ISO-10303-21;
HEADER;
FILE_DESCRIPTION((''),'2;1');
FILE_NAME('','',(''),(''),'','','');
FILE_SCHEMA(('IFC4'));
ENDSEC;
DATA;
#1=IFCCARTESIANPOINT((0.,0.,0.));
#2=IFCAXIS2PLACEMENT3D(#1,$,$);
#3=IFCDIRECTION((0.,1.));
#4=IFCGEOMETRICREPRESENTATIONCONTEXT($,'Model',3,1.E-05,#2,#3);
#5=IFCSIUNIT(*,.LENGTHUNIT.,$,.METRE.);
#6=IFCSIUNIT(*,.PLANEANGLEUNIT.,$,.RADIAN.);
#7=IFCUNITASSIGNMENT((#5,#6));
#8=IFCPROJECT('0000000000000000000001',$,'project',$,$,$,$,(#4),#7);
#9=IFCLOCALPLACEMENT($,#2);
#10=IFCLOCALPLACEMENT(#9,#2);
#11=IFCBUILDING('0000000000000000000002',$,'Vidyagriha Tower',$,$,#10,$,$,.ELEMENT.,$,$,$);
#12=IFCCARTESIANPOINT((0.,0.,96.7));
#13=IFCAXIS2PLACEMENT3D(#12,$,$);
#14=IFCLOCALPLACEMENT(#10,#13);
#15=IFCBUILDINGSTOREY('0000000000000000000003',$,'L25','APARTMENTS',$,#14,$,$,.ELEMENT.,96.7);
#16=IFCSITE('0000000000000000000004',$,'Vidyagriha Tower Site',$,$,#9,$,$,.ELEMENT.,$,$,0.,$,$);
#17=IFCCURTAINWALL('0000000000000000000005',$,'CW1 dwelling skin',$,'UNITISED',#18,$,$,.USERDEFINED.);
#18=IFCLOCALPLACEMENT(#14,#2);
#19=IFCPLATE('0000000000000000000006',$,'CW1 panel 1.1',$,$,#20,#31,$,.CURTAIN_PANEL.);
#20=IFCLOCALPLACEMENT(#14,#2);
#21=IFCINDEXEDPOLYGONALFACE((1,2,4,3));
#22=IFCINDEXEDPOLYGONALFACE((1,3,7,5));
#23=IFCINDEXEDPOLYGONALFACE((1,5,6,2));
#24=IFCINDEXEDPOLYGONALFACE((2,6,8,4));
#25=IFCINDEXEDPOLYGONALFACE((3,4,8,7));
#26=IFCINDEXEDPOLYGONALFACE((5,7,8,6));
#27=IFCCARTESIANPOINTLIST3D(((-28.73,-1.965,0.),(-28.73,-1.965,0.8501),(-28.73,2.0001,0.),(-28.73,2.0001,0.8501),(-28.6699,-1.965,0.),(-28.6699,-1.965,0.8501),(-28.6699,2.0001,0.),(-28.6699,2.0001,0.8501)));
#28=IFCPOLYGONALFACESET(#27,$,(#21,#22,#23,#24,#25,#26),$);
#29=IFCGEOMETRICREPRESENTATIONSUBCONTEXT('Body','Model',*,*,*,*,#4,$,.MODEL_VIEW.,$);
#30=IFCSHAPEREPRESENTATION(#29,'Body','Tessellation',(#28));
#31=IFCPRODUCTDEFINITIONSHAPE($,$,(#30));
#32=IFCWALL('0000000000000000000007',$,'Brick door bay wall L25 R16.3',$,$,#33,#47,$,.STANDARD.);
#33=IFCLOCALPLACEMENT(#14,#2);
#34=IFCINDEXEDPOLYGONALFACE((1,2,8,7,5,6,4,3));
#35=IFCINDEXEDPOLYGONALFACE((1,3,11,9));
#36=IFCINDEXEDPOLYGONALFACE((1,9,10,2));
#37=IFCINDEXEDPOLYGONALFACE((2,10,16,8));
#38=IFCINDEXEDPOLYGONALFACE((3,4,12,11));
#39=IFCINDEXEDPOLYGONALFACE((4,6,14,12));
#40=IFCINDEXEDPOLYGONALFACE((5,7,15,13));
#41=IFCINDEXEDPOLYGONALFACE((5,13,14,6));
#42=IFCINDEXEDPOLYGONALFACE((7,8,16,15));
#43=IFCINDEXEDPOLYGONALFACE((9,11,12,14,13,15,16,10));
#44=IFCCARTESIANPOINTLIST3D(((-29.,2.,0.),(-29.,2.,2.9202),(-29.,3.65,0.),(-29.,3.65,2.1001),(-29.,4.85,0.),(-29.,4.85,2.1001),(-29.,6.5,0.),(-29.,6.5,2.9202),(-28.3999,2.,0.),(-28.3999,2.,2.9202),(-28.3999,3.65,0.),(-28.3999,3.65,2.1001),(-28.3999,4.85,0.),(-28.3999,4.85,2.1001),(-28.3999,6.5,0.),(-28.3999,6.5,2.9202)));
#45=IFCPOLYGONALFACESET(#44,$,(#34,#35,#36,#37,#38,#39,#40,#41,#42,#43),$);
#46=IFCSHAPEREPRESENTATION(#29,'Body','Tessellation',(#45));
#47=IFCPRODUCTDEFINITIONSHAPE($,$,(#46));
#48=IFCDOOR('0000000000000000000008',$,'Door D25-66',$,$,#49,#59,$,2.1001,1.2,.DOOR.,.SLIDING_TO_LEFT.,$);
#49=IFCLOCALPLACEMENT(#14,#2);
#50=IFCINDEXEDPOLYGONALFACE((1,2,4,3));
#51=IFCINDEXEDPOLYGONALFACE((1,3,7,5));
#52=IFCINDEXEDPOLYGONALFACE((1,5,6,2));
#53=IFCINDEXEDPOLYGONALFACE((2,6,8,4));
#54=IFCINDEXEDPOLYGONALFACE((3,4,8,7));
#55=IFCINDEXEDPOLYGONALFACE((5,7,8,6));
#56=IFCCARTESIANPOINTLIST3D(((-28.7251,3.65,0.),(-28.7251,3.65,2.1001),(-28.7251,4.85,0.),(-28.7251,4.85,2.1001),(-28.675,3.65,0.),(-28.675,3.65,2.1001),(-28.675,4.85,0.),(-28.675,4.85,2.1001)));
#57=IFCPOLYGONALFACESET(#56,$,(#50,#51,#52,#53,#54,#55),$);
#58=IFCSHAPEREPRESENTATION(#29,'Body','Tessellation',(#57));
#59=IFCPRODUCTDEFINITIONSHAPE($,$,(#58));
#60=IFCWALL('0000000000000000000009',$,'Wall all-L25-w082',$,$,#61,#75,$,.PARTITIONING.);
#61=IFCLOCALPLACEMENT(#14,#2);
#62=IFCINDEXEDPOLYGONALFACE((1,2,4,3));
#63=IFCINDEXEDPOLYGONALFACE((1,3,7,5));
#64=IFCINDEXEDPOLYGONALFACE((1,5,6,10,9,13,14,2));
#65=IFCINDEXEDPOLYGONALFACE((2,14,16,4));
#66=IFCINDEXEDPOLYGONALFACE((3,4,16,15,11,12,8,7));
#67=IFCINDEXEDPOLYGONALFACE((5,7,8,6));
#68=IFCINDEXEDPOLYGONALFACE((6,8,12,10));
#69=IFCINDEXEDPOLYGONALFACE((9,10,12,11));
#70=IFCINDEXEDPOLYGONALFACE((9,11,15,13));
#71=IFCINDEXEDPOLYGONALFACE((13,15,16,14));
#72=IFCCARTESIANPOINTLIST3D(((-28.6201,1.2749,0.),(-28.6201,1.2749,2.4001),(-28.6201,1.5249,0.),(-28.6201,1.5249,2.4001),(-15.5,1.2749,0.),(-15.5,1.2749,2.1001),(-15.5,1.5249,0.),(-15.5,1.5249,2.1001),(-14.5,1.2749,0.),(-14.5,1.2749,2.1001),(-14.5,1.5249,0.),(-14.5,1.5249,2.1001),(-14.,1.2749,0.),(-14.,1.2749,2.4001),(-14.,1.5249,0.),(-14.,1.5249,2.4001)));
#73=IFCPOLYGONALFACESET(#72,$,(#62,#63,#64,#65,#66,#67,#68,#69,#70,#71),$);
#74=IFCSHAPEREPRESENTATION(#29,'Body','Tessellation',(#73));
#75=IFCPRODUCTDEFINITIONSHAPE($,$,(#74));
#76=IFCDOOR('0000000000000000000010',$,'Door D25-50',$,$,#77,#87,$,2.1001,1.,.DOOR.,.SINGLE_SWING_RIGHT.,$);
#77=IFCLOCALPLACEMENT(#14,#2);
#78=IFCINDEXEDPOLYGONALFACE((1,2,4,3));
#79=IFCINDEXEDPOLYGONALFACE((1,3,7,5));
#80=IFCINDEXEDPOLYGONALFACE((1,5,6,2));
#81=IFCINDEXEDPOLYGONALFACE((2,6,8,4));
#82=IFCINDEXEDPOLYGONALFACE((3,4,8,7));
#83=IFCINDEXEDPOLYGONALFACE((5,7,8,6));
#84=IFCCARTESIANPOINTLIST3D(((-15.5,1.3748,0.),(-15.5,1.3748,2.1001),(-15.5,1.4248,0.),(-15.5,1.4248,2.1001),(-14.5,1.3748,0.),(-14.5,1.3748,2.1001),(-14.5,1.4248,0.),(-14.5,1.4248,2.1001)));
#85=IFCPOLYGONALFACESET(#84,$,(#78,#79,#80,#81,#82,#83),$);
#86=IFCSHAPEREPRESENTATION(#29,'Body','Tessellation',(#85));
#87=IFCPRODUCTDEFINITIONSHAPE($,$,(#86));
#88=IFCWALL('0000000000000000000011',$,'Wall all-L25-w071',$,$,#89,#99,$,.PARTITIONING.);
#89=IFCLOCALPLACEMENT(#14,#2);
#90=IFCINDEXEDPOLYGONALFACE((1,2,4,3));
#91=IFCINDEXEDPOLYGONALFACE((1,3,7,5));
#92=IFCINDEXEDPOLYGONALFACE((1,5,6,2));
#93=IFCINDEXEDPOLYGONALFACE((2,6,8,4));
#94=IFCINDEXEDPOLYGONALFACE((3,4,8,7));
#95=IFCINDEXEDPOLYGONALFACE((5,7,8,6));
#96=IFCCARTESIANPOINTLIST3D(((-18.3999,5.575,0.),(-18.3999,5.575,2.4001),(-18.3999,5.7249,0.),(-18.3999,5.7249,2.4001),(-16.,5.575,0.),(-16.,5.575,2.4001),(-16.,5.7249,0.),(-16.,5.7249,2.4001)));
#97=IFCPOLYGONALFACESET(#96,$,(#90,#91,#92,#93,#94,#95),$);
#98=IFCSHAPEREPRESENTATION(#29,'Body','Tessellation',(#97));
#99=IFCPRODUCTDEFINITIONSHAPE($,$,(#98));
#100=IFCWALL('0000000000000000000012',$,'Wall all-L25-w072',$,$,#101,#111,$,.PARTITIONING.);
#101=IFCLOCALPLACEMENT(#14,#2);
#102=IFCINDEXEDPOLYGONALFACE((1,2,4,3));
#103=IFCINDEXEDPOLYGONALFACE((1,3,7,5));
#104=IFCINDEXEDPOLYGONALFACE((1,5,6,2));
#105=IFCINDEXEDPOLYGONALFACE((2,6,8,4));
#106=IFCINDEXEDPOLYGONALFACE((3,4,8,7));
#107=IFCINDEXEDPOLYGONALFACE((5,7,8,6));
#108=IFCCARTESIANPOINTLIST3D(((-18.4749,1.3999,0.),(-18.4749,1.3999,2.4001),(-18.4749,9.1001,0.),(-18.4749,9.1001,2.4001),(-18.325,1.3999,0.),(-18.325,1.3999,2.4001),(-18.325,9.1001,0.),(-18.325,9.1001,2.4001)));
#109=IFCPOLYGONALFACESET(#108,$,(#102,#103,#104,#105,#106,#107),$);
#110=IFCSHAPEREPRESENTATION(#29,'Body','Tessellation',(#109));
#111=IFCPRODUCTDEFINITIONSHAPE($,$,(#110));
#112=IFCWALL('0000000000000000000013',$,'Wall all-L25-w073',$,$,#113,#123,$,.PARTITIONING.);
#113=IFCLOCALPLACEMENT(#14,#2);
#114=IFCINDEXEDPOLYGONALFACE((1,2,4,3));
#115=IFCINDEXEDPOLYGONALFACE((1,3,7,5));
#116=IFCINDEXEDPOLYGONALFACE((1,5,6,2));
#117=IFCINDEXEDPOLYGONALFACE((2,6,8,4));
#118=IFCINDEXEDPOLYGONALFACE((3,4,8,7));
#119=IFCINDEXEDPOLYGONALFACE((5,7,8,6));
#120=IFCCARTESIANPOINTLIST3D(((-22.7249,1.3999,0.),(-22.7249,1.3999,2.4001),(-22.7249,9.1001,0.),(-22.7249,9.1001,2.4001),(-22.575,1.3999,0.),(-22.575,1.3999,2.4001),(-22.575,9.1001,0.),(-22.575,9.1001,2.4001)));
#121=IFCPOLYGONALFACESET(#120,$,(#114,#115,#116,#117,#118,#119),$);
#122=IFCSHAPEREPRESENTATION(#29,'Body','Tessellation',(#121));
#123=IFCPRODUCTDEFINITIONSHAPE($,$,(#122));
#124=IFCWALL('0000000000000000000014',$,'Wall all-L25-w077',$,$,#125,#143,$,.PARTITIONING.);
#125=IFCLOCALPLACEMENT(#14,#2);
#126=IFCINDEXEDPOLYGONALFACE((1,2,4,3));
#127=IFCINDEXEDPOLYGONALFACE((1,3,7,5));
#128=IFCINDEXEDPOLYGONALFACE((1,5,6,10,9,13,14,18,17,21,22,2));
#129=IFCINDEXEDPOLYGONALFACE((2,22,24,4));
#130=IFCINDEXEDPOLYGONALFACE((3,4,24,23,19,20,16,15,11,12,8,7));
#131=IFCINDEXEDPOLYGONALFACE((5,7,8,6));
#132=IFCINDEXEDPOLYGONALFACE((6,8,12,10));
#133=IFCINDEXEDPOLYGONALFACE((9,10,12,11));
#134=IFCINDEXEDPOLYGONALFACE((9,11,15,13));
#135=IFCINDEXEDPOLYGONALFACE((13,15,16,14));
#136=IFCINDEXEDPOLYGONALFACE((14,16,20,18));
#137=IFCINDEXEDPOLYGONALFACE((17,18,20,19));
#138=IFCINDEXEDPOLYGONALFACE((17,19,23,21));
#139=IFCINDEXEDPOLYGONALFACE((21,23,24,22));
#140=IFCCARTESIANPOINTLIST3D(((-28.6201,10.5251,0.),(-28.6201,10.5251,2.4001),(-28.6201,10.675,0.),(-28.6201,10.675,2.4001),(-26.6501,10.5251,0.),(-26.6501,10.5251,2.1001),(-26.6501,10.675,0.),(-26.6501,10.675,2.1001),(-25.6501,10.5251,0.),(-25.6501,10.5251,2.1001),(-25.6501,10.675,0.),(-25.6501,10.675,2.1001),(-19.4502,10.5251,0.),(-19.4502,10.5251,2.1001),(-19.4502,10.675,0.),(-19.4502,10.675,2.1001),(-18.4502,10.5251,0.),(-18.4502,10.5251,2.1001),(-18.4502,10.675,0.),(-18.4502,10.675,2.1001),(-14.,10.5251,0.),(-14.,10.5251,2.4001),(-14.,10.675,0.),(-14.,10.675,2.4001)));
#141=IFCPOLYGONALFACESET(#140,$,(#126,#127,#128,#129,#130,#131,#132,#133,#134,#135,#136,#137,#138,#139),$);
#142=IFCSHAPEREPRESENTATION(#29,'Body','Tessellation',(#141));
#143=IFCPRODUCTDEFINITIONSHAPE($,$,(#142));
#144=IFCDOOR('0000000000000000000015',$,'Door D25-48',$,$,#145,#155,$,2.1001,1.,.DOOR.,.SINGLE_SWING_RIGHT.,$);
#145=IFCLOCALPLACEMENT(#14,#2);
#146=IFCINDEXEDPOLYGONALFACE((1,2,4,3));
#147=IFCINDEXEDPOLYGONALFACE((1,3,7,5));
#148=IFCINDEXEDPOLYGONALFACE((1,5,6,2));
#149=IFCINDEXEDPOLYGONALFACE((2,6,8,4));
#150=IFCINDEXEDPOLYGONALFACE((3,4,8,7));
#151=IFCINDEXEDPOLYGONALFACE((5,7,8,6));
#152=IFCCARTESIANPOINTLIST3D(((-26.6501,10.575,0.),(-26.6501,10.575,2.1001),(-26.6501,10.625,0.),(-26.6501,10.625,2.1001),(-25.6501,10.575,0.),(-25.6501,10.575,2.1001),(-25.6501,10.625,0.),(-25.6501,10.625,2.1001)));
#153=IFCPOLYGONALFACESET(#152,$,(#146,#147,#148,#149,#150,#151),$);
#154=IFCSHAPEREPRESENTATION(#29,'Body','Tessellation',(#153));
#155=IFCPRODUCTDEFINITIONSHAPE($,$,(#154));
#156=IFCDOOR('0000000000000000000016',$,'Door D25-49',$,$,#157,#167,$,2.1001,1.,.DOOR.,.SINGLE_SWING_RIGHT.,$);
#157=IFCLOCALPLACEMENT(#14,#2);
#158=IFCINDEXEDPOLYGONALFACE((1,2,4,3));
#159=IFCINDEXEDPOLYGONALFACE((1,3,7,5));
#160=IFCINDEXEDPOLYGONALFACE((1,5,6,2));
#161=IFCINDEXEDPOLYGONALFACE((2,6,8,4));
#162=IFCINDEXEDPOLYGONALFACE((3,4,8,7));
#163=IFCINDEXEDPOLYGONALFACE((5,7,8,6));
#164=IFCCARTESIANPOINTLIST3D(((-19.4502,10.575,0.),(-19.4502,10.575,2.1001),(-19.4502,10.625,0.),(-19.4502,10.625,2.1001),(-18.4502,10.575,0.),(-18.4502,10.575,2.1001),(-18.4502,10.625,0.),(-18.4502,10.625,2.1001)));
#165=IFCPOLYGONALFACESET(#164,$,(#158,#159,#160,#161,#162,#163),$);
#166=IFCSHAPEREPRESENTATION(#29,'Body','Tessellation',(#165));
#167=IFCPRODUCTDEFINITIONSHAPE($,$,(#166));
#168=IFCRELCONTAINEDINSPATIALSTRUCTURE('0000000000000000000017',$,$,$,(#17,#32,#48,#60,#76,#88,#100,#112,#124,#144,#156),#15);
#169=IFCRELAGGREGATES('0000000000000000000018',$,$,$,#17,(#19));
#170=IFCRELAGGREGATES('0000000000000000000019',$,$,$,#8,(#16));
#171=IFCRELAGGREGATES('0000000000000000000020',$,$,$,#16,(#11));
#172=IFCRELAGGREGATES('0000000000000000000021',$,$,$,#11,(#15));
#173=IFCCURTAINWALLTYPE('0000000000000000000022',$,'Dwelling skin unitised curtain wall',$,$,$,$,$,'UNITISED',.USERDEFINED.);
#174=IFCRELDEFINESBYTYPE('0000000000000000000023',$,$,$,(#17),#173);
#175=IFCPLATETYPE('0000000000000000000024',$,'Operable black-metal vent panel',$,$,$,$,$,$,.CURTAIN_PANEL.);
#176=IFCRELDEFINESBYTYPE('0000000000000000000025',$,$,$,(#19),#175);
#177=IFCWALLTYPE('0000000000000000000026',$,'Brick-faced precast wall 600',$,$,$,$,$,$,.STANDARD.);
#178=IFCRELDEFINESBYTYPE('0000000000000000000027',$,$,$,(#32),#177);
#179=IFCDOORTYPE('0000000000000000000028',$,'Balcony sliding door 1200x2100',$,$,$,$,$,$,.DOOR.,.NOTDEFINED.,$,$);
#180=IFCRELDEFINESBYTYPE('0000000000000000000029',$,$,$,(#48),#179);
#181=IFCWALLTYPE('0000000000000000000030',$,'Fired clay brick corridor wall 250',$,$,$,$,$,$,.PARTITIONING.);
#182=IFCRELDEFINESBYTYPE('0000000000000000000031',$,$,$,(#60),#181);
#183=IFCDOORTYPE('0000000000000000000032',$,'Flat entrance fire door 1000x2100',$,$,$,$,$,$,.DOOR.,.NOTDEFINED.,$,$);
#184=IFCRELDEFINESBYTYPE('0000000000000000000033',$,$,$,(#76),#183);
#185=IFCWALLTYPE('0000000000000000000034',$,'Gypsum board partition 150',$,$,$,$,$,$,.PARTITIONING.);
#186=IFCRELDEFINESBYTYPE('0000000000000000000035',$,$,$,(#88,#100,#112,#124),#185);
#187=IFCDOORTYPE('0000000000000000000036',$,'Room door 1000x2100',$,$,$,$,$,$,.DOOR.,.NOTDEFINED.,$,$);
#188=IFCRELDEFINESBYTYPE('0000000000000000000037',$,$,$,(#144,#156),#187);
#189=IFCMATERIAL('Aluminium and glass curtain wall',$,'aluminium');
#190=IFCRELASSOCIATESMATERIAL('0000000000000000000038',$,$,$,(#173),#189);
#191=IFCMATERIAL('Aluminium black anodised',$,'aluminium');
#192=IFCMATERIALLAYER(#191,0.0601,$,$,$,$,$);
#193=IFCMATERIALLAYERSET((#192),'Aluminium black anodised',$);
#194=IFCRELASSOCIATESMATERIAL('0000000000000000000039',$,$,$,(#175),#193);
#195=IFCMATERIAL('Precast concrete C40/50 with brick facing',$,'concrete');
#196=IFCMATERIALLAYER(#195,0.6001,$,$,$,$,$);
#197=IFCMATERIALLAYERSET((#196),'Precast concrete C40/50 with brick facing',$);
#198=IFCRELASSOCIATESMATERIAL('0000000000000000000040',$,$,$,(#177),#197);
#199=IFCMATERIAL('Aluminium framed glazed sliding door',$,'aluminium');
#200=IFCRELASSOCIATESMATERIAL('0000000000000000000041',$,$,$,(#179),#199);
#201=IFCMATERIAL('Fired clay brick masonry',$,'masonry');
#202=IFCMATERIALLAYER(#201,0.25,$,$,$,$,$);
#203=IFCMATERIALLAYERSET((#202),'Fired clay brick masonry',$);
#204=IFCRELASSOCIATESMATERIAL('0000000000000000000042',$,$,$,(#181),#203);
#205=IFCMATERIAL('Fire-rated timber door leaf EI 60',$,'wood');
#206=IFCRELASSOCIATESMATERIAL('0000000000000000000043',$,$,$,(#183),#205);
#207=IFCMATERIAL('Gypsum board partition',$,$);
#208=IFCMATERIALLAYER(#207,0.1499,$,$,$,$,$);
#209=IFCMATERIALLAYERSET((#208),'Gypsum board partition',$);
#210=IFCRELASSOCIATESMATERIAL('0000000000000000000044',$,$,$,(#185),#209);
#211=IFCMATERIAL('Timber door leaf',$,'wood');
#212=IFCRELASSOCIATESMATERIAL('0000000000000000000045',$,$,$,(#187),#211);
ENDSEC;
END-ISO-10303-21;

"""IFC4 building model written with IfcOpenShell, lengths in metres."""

from ifc_helpers import new_model, si_unit, direction, frame, frame_2d, origin, origin_2d, place, context, subcontext, project, spatial, rectangle, extrude, material, layer, layer_set, type_object, element, fill, aggregate, save


model = new_model("IFC4")

# Units and contexts
model_context = context("Model", 3, precision=1e-05, world=origin(), true_north=direction((0.0, 1.0)))
body_context = subcontext(model_context, "Body", "Model", "MODEL_VIEW")
ifc_project = project(units=[si_unit("LENGTHUNIT", "METRE"), si_unit("PLANEANGLEUNIT", "RADIAN")], contexts=[model_context])

# Site, building, storey
site_placement = place(None, origin())
site = spatial("IfcSite", under=ifc_project, at=site_placement, Name="Vidyagriha Tower Site", CompositionType="ELEMENT", RefElevation=0.0)
building_placement = place(site_placement, origin())
building = spatial("IfcBuilding", under=site, at=building_placement, Name="Vidyagriha Tower", CompositionType="ELEMENT")
storey_placement = place(building_placement, frame((0.0, 0.0, 96.7)))
storey = spatial("IfcBuildingStorey", under=building, at=storey_placement, Name="L25", Description="APARTMENTS", CompositionType="ELEMENT", Elevation=96.7)

# Shared definitions
ifc_material_1 = material(Name="Aluminium and glass curtain wall", Category="aluminium")
curtain_wall_type = type_object("IfcCurtainWallType", Name="Dwelling skin unitised curtain wall", ElementType="UNITISED", PredefinedType="USERDEFINED", material=ifc_material_1)

# Curtain wall
curtain_wall_1_placement = place(storey_placement, origin())
curtain_wall_1 = element("IfcCurtainWall", 1, at=curtain_wall_1_placement, inside=storey, type_object=curtain_wall_type, Name="CW1 dwelling skin", ObjectType="UNITISED", PredefinedType="USERDEFINED")

# Plate
ifc_material_2 = material(Name="Aluminium black anodised", Category="aluminium")
ifc_layer_1 = layer(ifc_material_2, 0.0601)
ifc_layer_set_1 = layer_set([ifc_layer_1], Name="Aluminium black anodised")
plate_type_1 = type_object("IfcPlateType", Name="Operable black-metal vent panel", PredefinedType="CURTAIN_PANEL", material=ifc_layer_set_1)
plate_1_placement = place(storey_placement, frame((-28.7, 0.0176, 0.0), z_axis=(0.0, 0.0, 1.0), x_axis=(0.0, -1.0, 0.0)))
plate_1 = element("IfcPlate", 2, at=plate_1_placement, type_object=plate_type_1, Name="CW1 panel 1.1", PredefinedType="CURTAIN_PANEL", context=body_context, shape_type="SweptSolid", body=[
    extrude(rectangle(XDim=3.9651, YDim=0.0601, at=origin_2d()), origin(), (0.0, 0.0, 1.0), 0.8501),
])
aggregate(curtain_wall_1, [plate_1])

# Walls, openings, doors
ifc_material_3 = material(Name="Precast concrete C40/50 with brick facing", Category="concrete")
ifc_layer_2 = layer(ifc_material_3, 0.6001)
ifc_layer_set_2 = layer_set([ifc_layer_2], Name="Precast concrete C40/50 with brick facing")
wall_type_1 = type_object("IfcWallType", Name="Brick-faced precast wall 600", PredefinedType="STANDARD", material=ifc_layer_set_2)
wall_1_placement = place(storey_placement, frame((-28.7, 6.5, 0.0), z_axis=(0.0, 0.0, 1.0), x_axis=(0.0, -1.0, 0.0)))
wall_1 = element("IfcWall", 3, at=wall_1_placement, inside=storey, type_object=wall_type_1, Name="Brick door bay wall L25 R16.3", PredefinedType="STANDARD", context=body_context, shape_type="SweptSolid", body=[
    extrude(rectangle(XDim=4.5, YDim=0.6001, at=frame_2d((2.25, 0.0))), origin(), (0.0, 0.0, 1.0), 2.9202),
])
opening_1_placement = place(wall_1_placement, frame((1.6499, 0.0, 0.0)))
opening_1 = element("IfcOpeningElement", 4, at=opening_1_placement, cuts=wall_1, PredefinedType="OPENING", context=body_context, shape_type="SweptSolid", body=[
    extrude(rectangle(XDim=1.2, YDim=2.1001, at=frame_2d((0.6001, 1.05))), frame((0.0, 0.3101, 0.0), z_axis=(0.0, -1.0, 0.0), x_axis=(1.0, 0.0, 0.0)), (0.0, 0.0, 1.0), 0.6201),
])
ifc_material_4 = material(Name="Aluminium framed glazed sliding door", Category="aluminium")
door_type_1 = type_object("IfcDoorType", Name="Balcony sliding door 1200x2100", OperationType="NOTDEFINED", PredefinedType="DOOR", material=ifc_material_4)
door_1_placement = place(opening_1_placement, origin())
door_1 = element("IfcDoor", 5, at=door_1_placement, inside=storey, type_object=door_type_1, Name="Door D25-66", OperationType="SLIDING_TO_LEFT", OverallHeight=2.1001, OverallWidth=1.2, PredefinedType="DOOR", context=body_context, shape_type="SweptSolid", body=[
    extrude(rectangle(XDim=1.2, YDim=2.1001, at=frame_2d((0.6001, 1.05))), frame((0.0, 0.0249, 0.0), z_axis=(0.0, -1.0, 0.0), x_axis=(1.0, 0.0, 0.0)), (0.0, 0.0, 1.0), 0.05),
])
fill(opening_1, door_1)
ifc_material_5 = material(Name="Fired clay brick masonry", Category="masonry")
ifc_layer_3 = layer(ifc_material_5, 0.25)
ifc_layer_set_3 = layer_set([ifc_layer_3], Name="Fired clay brick masonry")
wall_type_2 = type_object("IfcWallType", Name="Fired clay brick corridor wall 250", PredefinedType="PARTITIONING", material=ifc_layer_set_3)
wall_2_placement = place(storey_placement, frame((-28.6201, 1.3999, 0.0)))
wall_2 = element("IfcWall", 6, at=wall_2_placement, inside=storey, type_object=wall_type_2, Name="Wall all-L25-w082", PredefinedType="PARTITIONING", context=body_context, shape_type="SweptSolid", body=[
    extrude(rectangle(XDim=14.6201, YDim=0.25, at=frame_2d((7.3101, 0.0))), origin(), (0.0, 0.0, 1.0), 2.4001),
])
opening_2_placement = place(wall_2_placement, frame((13.1201, 0.0, 0.0)))
opening_2 = element("IfcOpeningElement", 7, at=opening_2_placement, cuts=wall_2, PredefinedType="OPENING", context=body_context, shape_type="SweptSolid", body=[
    extrude(rectangle(XDim=1.0, YDim=2.1001, at=frame_2d((0.5, 1.05))), frame((0.0, 0.135, 0.0), z_axis=(0.0, -1.0, 0.0), x_axis=(1.0, 0.0, 0.0)), (0.0, 0.0, 1.0), 0.27),
])
ifc_material_6 = material(Name="Fire-rated timber door leaf EI 60", Category="wood")
door_type_2 = type_object("IfcDoorType", Name="Flat entrance fire door 1000x2100", OperationType="NOTDEFINED", PredefinedType="DOOR", material=ifc_material_6)
door_2_placement = place(opening_2_placement, origin())
door_2 = element("IfcDoor", 8, at=door_2_placement, inside=storey, type_object=door_type_2, Name="Door D25-50", OperationType="SINGLE_SWING_RIGHT", OverallHeight=2.1001, OverallWidth=1.0, PredefinedType="DOOR", context=body_context, shape_type="SweptSolid", body=[
    extrude(rectangle(XDim=1.0, YDim=2.1001, at=frame_2d((0.5, 1.05))), frame((0.0, 0.0249, 0.0), z_axis=(0.0, -1.0, 0.0), x_axis=(1.0, 0.0, 0.0)), (0.0, 0.0, 1.0), 0.05),
])
fill(opening_2, door_2)

# Walls
ifc_material_7 = material(Name="Gypsum board partition")
ifc_layer_4 = layer(ifc_material_7, 0.1499)
ifc_layer_set_4 = layer_set([ifc_layer_4], Name="Gypsum board partition")
wall_type_3 = type_object("IfcWallType", Name="Gypsum board partition 150", PredefinedType="PARTITIONING", material=ifc_layer_set_4)
wall_3_placement = place(storey_placement, frame((-18.3999, 5.6499, 0.0)))
element("IfcWall", 9, at=wall_3_placement, inside=storey, type_object=wall_type_3, Name="Wall all-L25-w071", PredefinedType="PARTITIONING", context=body_context, shape_type="SweptSolid", body=[
    extrude(rectangle(XDim=2.3999, YDim=0.1499, at=frame_2d((1.2, 0.0))), origin(), (0.0, 0.0, 1.0), 2.4001),
])
for number, where, z_axis, x_axis, name in (
    (10, (-18.3999, 1.3999, 0.0), (0.0, 0.0, 1.0), (0.0, 1.0, 0.0), "Wall all-L25-w072"),
    (11, (-22.6499, 1.3999, 0.0), (0.0, 0.0, 1.0), (0.0, 1.0, 0.0), "Wall all-L25-w073"),
):
    element("IfcWall", number, at=place(storey_placement, frame(where, z_axis=z_axis, x_axis=x_axis)), inside=storey, type_object=wall_type_3, Name=name, PredefinedType="PARTITIONING", context=body_context, shape_type="SweptSolid", body=[
        extrude(rectangle(XDim=7.7002, YDim=0.1499, at=frame_2d((3.8501, 0.0))), origin(), (0.0, 0.0, 1.0), 2.4001),
    ])

# Wall, openings, doors
wall_4_placement = place(storey_placement, frame((-28.6201, 10.6001, 0.0)))
wall_4 = element("IfcWall", 12, at=wall_4_placement, inside=storey, type_object=wall_type_3, Name="Wall all-L25-w077", PredefinedType="PARTITIONING", context=body_context, shape_type="SweptSolid", body=[
    extrude(rectangle(XDim=14.6201, YDim=0.1499, at=frame_2d((7.3101, 0.0))), origin(), (0.0, 0.0, 1.0), 2.4001),
])
opening_3_placement = place(wall_4_placement, frame((1.97, 0.0, 0.0)))
opening_3 = element("IfcOpeningElement", 13, at=opening_3_placement, cuts=wall_4, PredefinedType="OPENING", context=body_context, shape_type="SweptSolid", body=[
    extrude(rectangle(XDim=1.0, YDim=2.1001, at=frame_2d((0.5, 1.05))), frame((0.0, 0.085, 0.0), z_axis=(0.0, -1.0, 0.0), x_axis=(1.0, 0.0, 0.0)), (0.0, 0.0, 1.0), 0.1699),
])
opening_4_placement = place(wall_4_placement, frame((9.1699, 0.0, 0.0)))
opening_4 = element("IfcOpeningElement", 14, at=opening_4_placement, cuts=wall_4, PredefinedType="OPENING", context=body_context, shape_type="SweptSolid", body=[
    extrude(rectangle(XDim=1.0, YDim=2.1001, at=frame_2d((0.5, 1.05))), frame((0.0, 0.085, 0.0), z_axis=(0.0, -1.0, 0.0), x_axis=(1.0, 0.0, 0.0)), (0.0, 0.0, 1.0), 0.1699),
])
ifc_material_8 = material(Name="Timber door leaf", Category="wood")
door_type_3 = type_object("IfcDoorType", Name="Room door 1000x2100", OperationType="NOTDEFINED", PredefinedType="DOOR", material=ifc_material_8)
door_3_placement = place(opening_3_placement, origin())
door_3 = element("IfcDoor", 15, at=door_3_placement, inside=storey, type_object=door_type_3, Name="Door D25-48", OperationType="SINGLE_SWING_RIGHT", OverallHeight=2.1001, OverallWidth=1.0, PredefinedType="DOOR", context=body_context, shape_type="SweptSolid", body=[
    extrude(rectangle(XDim=1.0, YDim=2.1001, at=frame_2d((0.5, 1.05))), frame((0.0, 0.0249, 0.0), z_axis=(0.0, -1.0, 0.0), x_axis=(1.0, 0.0, 0.0)), (0.0, 0.0, 1.0), 0.05),
])
fill(opening_3, door_3)
door_4_placement = place(opening_4_placement, origin())
door_4 = element("IfcDoor", 16, at=door_4_placement, inside=storey, type_object=door_type_3, Name="Door D25-49", OperationType="SINGLE_SWING_RIGHT", OverallHeight=2.1001, OverallWidth=1.0, PredefinedType="DOOR", context=body_context, shape_type="SweptSolid", body=[
    extrude(rectangle(XDim=1.0, YDim=2.1001, at=frame_2d((0.5, 1.05))), frame((0.0, 0.0249, 0.0), z_axis=(0.0, -1.0, 0.0), x_axis=(1.0, 0.0, 0.0)), (0.0, 0.0, 1.0), 0.05),
])
fill(opening_4, door_4)

save(model, "model.ifc")
